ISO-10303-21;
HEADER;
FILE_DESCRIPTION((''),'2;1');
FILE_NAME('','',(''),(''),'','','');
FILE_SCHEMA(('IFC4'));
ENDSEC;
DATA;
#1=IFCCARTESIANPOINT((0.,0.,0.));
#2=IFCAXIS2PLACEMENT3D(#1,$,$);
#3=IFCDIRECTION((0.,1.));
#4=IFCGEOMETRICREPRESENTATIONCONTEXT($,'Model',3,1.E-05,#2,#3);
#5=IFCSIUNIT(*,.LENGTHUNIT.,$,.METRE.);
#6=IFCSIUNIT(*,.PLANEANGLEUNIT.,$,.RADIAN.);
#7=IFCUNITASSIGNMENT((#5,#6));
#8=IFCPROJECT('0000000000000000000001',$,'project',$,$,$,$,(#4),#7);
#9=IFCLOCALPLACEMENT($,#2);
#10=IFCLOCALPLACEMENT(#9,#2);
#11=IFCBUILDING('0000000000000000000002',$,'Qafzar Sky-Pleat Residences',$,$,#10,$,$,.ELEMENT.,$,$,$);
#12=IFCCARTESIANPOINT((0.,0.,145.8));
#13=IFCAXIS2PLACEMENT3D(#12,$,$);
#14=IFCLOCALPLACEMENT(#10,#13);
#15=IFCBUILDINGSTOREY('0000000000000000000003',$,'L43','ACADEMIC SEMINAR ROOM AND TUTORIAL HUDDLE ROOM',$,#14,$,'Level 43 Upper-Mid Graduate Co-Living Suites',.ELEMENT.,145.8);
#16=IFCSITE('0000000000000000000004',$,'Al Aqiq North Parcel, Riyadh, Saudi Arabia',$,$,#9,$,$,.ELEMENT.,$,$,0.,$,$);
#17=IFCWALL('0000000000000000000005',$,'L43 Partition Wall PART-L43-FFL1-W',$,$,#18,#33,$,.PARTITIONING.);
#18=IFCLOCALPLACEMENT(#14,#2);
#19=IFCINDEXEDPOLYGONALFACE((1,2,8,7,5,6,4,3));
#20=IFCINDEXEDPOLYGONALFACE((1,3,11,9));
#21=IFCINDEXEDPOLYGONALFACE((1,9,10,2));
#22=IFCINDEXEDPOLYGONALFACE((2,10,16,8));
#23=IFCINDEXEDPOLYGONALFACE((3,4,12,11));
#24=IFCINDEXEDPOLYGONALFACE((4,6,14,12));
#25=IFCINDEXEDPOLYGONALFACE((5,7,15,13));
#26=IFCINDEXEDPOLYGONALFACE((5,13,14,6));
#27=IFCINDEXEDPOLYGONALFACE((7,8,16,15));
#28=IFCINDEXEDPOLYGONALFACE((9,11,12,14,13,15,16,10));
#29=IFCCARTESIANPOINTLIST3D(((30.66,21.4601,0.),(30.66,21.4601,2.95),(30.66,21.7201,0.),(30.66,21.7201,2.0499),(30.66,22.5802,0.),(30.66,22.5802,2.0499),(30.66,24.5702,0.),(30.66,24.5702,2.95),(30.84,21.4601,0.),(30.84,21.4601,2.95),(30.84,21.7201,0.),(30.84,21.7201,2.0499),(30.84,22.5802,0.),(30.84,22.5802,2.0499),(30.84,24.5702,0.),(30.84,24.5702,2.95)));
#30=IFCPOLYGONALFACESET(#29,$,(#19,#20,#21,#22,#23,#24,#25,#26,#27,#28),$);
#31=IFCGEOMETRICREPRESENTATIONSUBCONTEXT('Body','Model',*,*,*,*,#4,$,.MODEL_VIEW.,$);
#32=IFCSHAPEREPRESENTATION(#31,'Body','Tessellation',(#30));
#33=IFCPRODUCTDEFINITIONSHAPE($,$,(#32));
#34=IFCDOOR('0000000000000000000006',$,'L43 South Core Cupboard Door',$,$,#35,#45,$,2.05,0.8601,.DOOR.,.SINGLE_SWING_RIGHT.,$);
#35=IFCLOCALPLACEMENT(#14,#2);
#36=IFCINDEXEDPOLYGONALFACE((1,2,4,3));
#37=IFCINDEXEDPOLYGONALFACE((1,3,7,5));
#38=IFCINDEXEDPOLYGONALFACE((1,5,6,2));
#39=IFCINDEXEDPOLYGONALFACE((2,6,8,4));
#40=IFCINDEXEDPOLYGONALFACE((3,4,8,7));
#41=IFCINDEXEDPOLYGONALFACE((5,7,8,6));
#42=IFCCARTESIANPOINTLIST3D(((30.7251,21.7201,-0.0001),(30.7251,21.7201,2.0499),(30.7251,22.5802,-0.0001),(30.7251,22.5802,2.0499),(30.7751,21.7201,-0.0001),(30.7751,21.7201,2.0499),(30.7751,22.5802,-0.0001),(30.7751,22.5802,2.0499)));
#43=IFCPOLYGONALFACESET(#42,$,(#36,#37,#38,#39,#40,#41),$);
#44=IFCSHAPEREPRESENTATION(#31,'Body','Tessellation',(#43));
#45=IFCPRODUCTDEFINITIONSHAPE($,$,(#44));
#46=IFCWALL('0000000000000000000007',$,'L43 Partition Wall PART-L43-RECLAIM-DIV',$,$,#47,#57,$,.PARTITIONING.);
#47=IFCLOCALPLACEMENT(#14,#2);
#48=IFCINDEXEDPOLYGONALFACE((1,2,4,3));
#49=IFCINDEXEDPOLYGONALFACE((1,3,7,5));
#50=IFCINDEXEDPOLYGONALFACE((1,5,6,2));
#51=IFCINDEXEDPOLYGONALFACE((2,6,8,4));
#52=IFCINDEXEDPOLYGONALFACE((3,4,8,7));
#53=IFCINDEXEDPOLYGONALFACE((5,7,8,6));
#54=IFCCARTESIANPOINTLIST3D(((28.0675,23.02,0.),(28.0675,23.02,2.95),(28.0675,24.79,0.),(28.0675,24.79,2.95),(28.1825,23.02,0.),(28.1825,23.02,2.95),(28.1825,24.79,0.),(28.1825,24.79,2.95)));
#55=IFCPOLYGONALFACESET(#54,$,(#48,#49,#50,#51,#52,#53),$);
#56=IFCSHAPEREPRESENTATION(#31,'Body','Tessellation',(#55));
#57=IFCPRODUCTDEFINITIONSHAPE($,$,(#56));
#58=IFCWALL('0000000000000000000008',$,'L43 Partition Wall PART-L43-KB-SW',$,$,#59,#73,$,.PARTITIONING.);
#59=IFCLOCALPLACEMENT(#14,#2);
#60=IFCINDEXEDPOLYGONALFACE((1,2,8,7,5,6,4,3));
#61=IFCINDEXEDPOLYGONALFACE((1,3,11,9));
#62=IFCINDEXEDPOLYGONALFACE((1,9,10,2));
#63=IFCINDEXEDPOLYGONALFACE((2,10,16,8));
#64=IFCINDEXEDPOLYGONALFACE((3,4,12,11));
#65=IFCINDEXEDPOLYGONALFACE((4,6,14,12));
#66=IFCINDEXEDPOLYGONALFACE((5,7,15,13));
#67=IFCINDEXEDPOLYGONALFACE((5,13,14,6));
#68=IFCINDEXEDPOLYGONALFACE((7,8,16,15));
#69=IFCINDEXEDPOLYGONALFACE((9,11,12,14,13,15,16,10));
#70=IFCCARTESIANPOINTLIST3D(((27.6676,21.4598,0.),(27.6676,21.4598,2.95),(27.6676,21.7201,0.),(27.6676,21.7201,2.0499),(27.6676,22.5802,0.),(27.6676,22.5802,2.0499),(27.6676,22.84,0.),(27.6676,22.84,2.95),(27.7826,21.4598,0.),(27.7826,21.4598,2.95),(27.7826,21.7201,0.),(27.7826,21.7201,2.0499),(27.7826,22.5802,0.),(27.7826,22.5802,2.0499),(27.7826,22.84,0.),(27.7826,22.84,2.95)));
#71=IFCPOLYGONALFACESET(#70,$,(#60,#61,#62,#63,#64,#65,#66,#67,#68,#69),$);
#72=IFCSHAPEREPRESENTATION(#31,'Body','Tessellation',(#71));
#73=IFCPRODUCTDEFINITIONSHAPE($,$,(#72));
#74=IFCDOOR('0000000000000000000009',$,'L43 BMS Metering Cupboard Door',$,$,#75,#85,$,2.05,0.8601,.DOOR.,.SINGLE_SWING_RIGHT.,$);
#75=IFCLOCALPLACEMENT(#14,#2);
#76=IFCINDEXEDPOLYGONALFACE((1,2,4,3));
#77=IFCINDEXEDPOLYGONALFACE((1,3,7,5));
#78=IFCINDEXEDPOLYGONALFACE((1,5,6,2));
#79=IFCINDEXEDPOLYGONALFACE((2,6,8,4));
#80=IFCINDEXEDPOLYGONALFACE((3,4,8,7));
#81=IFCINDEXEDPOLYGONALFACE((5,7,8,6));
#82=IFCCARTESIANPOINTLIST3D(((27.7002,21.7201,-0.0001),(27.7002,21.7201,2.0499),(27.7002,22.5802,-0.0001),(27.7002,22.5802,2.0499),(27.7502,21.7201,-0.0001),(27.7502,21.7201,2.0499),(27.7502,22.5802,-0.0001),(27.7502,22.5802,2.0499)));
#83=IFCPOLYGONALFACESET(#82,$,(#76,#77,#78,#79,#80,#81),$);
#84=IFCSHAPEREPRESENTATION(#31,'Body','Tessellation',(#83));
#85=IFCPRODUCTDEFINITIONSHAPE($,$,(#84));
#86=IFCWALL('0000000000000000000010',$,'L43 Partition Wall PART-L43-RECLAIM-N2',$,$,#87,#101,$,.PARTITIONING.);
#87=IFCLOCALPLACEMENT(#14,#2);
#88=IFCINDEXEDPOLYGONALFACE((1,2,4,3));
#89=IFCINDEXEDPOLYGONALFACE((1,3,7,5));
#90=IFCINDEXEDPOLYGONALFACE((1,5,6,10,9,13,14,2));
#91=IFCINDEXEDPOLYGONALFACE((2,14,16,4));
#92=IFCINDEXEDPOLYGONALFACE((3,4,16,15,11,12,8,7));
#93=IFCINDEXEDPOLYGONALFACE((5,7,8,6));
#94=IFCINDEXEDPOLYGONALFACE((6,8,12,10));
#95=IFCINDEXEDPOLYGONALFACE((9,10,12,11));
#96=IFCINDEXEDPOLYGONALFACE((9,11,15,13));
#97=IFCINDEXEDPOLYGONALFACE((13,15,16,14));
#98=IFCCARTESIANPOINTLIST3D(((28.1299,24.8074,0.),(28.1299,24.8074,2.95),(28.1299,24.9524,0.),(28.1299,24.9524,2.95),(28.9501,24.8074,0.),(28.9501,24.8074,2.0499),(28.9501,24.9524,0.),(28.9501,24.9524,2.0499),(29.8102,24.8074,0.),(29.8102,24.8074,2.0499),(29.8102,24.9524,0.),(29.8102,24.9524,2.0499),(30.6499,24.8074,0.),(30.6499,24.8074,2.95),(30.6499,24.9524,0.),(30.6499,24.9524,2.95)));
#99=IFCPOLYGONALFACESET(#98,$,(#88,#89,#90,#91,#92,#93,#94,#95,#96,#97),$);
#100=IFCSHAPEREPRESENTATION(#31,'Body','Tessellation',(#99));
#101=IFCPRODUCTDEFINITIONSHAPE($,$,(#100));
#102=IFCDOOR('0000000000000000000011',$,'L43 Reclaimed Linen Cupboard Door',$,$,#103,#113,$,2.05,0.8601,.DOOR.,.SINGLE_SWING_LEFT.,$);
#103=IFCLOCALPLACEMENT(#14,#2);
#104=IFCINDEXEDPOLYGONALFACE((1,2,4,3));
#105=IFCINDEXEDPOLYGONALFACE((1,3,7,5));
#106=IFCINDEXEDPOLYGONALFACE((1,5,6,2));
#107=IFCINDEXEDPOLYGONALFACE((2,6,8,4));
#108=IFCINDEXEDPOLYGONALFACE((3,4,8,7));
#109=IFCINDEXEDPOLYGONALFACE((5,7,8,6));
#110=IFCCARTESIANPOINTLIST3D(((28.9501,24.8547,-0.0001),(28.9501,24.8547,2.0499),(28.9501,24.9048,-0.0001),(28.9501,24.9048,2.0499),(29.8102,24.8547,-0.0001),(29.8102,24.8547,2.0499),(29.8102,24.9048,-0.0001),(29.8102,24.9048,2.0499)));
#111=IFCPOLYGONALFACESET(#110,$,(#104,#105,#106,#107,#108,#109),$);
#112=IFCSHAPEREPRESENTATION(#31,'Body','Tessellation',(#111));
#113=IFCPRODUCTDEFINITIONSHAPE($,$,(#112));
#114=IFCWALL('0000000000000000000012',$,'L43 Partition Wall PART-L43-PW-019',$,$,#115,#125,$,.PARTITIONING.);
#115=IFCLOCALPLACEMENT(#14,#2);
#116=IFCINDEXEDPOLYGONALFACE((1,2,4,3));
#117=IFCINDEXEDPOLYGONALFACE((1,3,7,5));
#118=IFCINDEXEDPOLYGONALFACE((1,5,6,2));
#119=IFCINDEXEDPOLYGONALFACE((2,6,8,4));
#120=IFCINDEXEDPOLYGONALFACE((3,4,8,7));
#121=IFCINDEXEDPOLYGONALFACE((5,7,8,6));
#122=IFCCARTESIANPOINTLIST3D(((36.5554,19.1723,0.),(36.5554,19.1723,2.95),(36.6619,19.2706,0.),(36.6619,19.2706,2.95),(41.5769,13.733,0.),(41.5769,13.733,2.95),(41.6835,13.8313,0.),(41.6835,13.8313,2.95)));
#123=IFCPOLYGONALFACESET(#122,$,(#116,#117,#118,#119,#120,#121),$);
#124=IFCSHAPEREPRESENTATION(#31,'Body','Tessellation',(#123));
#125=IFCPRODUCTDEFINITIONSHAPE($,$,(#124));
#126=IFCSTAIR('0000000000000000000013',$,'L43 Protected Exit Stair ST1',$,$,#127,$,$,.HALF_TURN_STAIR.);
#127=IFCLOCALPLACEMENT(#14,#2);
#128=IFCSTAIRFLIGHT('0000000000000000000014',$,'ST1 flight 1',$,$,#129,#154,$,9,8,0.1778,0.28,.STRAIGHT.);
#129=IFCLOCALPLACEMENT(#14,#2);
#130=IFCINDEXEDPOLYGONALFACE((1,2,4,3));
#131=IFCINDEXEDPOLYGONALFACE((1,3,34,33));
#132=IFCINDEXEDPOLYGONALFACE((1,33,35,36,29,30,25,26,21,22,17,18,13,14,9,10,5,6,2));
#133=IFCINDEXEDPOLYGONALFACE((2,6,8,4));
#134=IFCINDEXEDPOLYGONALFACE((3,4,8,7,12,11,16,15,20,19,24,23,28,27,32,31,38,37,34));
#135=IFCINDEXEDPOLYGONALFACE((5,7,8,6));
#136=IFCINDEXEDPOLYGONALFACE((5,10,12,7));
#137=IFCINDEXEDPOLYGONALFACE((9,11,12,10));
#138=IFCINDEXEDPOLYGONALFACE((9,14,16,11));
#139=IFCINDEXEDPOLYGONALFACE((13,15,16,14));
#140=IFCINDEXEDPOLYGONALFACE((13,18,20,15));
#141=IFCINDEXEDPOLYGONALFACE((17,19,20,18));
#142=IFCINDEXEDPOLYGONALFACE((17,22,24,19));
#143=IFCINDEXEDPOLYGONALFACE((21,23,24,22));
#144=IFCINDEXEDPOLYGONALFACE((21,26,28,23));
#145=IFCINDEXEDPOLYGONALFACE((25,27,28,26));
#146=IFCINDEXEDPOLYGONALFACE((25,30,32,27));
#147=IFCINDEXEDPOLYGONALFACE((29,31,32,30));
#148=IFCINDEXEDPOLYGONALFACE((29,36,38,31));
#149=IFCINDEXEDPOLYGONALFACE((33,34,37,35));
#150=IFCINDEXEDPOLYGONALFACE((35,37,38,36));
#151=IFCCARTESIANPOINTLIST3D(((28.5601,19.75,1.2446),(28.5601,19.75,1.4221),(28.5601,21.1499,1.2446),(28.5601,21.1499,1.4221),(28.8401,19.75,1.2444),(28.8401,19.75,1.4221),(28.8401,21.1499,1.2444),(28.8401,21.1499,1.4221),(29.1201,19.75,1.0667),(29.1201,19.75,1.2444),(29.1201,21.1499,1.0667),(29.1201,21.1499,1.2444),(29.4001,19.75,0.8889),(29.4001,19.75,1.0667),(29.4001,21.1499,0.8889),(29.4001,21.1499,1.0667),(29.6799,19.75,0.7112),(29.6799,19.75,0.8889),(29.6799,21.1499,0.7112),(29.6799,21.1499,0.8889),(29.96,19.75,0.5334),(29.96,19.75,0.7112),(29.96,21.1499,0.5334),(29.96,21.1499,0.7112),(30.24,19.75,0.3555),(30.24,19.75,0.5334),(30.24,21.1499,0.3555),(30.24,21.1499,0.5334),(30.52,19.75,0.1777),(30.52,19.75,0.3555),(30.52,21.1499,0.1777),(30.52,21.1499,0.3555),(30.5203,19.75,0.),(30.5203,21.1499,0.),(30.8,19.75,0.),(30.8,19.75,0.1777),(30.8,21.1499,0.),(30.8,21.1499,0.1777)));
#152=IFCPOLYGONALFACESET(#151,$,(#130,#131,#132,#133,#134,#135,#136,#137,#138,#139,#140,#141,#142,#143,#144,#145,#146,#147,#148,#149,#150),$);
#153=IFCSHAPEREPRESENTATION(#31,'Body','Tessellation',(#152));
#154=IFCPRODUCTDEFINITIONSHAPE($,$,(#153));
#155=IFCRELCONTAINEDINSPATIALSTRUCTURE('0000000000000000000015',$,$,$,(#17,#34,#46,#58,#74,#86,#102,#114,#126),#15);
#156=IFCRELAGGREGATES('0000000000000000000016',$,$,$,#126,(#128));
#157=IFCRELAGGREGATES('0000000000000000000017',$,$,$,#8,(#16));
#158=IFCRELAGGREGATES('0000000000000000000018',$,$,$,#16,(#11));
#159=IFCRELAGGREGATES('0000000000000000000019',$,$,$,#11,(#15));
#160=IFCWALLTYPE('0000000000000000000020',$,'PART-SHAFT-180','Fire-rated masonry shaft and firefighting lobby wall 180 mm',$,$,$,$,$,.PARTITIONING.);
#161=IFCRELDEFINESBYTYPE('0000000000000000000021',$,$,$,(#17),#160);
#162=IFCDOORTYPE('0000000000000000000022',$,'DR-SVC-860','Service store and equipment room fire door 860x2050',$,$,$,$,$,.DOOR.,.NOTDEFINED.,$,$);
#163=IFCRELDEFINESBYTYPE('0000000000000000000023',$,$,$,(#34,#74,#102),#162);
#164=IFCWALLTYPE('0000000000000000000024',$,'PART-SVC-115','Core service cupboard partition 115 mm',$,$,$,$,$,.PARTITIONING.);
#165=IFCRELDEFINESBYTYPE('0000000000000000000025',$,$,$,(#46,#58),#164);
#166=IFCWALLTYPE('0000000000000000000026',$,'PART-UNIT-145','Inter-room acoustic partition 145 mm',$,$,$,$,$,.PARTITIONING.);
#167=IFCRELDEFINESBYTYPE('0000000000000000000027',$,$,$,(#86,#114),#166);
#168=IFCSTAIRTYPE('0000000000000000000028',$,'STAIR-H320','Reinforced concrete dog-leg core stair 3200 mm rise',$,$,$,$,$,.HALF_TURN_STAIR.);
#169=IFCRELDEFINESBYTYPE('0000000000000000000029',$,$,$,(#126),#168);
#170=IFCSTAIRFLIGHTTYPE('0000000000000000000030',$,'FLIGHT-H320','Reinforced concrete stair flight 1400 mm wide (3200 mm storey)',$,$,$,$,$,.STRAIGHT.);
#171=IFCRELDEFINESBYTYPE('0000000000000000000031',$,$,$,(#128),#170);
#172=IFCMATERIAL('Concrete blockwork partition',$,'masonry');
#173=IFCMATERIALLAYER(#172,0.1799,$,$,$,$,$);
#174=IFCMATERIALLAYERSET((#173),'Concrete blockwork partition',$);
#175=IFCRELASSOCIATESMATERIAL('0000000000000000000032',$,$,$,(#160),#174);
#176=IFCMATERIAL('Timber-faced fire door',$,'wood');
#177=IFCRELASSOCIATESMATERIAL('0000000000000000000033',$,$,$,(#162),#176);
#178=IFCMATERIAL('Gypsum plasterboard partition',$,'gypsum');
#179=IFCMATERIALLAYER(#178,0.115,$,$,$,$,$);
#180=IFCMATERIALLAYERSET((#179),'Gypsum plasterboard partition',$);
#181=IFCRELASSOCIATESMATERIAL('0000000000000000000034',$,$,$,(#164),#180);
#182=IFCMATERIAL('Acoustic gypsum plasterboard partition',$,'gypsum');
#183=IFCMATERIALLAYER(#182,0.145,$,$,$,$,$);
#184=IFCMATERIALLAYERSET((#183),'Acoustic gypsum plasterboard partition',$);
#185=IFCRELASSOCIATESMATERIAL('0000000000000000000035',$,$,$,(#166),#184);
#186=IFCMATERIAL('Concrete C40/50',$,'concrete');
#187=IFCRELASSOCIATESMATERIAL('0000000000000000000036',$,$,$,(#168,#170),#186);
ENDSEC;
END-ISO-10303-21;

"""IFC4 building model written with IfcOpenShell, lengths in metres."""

from ifc_helpers import new_model, si_unit, direction, frame, frame_2d, origin, place, context, subcontext, project, spatial, polyline, rectangle, outline, extrude, source, transform, mapped, material, layer, layer_set, type_object, element, fill, aggregate, save


model = new_model("IFC4")

# Units and contexts
model_context = context("Model", 3, precision=1e-05, world=origin(), true_north=direction((0.0, 1.0)))
body_context = subcontext(model_context, "Body", "Model", "MODEL_VIEW")
ifc_project = project(units=[si_unit("LENGTHUNIT", "METRE"), si_unit("PLANEANGLEUNIT", "RADIAN")], contexts=[model_context])

# Site, building, storey
site_placement = place(None, origin())
site = spatial("IfcSite", under=ifc_project, at=site_placement, Name="Al Aqiq North Parcel, Riyadh, Saudi Arabia", CompositionType="ELEMENT", RefElevation=0.0)
building_placement = place(site_placement, origin())
building = spatial("IfcBuilding", under=site, at=building_placement, Name="Qafzar Sky-Pleat Residences", CompositionType="ELEMENT")
storey_placement = place(building_placement, frame((0.0, 0.0, 145.8)))
storey = spatial("IfcBuildingStorey", under=building, at=storey_placement, Name="L43", Description="ACADEMIC SEMINAR ROOM AND TUTORIAL HUDDLE ROOM", LongName="Level 43 Upper-Mid Graduate Co-Living Suites", CompositionType="ELEMENT", Elevation=145.8)

# Wall, opening, door
ifc_material_1 = material(Name="Concrete blockwork partition", Category="masonry")
ifc_layer_1 = layer(ifc_material_1, 0.1799)
ifc_layer_set_1 = layer_set([ifc_layer_1], Name="Concrete blockwork partition")
wall_type_1 = type_object("IfcWallType", Name="PART-SHAFT-180", Description="Fire-rated masonry shaft and firefighting lobby wall 180 mm", PredefinedType="PARTITIONING", material=ifc_layer_set_1)
wall_1_placement = place(storey_placement, frame((30.75, 21.46, 0.0), z_axis=(0.0, 0.0, 1.0), x_axis=(0.0, 1.0, 0.0)))
wall_1 = element("IfcWall", 1, at=wall_1_placement, inside=storey, type_object=wall_type_1, Name="L43 Partition Wall PART-L43-FFL1-W", PredefinedType="PARTITIONING", context=body_context, shape_type="SweptSolid", body=[
    extrude(rectangle(XDim=3.1101, YDim=0.1799, at=frame_2d((1.5552, 0.0))), origin(), (0.0, 0.0, 1.0), 2.95),
])
opening_1_placement = place(wall_1_placement, frame((0.26, 0.0, 0.0)))
opening_1 = element("IfcOpeningElement", 2, at=opening_1_placement, cuts=wall_1, PredefinedType="OPENING", context=body_context, shape_type="SweptSolid", body=[
    extrude(rectangle(XDim=0.8601, YDim=2.05, at=frame_2d((0.4302, 1.0249))), frame((0.0, 0.1001, 0.0), z_axis=(0.0, -1.0, 0.0), x_axis=(1.0, 0.0, 0.0)), (0.0, 0.0, 1.0), 0.2),
])
ifc_material_2 = material(Name="Timber-faced fire door", Category="wood")
door_type_1 = type_object("IfcDoorType", Name="DR-SVC-860", Description="Service store and equipment room fire door 860x2050", OperationType="NOTDEFINED", PredefinedType="DOOR", material=ifc_material_2)
shared_shape_1 = source(origin(), body_context, "Body", "SweptSolid", [
    extrude(rectangle(XDim=0.8601, YDim=2.05, at=frame_2d((0.4302, 1.0249))), frame((0.0, 0.0249, 0.0), z_axis=(0.0, -1.0, 0.0), x_axis=(1.0, 0.0, 0.0)), (0.0, 0.0, 1.0), 0.05),
])
door_1_placement = place(opening_1_placement, origin())
door_1 = element("IfcDoor", 3, at=door_1_placement, inside=storey, type_object=door_type_1, Name="L43 South Core Cupboard Door", OperationType="SINGLE_SWING_RIGHT", OverallHeight=2.05, OverallWidth=0.8601, PredefinedType="DOOR", context=body_context, shape_type="MappedRepresentation", body=[
    mapped(shared_shape_1, transform((0.0, 0.0, 0.0), x_axis=(1.0, 0.0, 0.0), y_axis=(0.0, 1.0, 0.0), z_axis=(0.0, 0.0, 1.0), scale=1.0)),
])
fill(opening_1, door_1)

# Wall
ifc_material_3 = material(Name="Gypsum plasterboard partition", Category="gypsum")
ifc_layer_2 = layer(ifc_material_3, 0.115)
ifc_layer_set_2 = layer_set([ifc_layer_2], Name="Gypsum plasterboard partition")
wall_type_2 = type_object("IfcWallType", Name="PART-SVC-115", Description="Core service cupboard partition 115 mm", PredefinedType="PARTITIONING", material=ifc_layer_set_2)
wall_2_placement = place(storey_placement, frame((28.125, 23.02, 0.0), z_axis=(0.0, 0.0, 1.0), x_axis=(0.0, 1.0, 0.0)))
element("IfcWall", 4, at=wall_2_placement, inside=storey, type_object=wall_type_2, Name="L43 Partition Wall PART-L43-RECLAIM-DIV", PredefinedType="PARTITIONING", context=body_context, shape_type="SweptSolid", body=[
    extrude(rectangle(XDim=1.77, YDim=0.115, at=frame_2d((0.885, 0.0))), origin(), (0.0, 0.0, 1.0), 2.95),
])

# Walls, openings, doors
wall_3_placement = place(storey_placement, frame((27.7251, 21.46, 0.0), z_axis=(0.0, 0.0, 1.0), x_axis=(0.0, 1.0, 0.0)))
wall_3 = element("IfcWall", 5, at=wall_3_placement, inside=storey, type_object=wall_type_2, Name="L43 Partition Wall PART-L43-KB-SW", PredefinedType="PARTITIONING", context=body_context, shape_type="SweptSolid", body=[
    extrude(rectangle(XDim=1.3801, YDim=0.115, at=frame_2d((0.6899, 0.0))), origin(), (0.0, 0.0, 1.0), 2.95),
])
opening_2_placement = place(wall_3_placement, frame((0.26, 0.0, 0.0)))
opening_2 = element("IfcOpeningElement", 6, at=opening_2_placement, cuts=wall_3, PredefinedType="OPENING", context=body_context, shape_type="SweptSolid", body=[
    extrude(rectangle(XDim=0.8601, YDim=2.05, at=frame_2d((0.4302, 1.0249))), frame((0.0, 0.0674, 0.0), z_axis=(0.0, -1.0, 0.0), x_axis=(1.0, 0.0, 0.0)), (0.0, 0.0, 1.0), 0.135),
])
door_2_placement = place(opening_2_placement, origin())
door_2 = element("IfcDoor", 7, at=door_2_placement, inside=storey, type_object=door_type_1, Name="L43 BMS Metering Cupboard Door", OperationType="SINGLE_SWING_RIGHT", OverallHeight=2.05, OverallWidth=0.8601, PredefinedType="DOOR", context=body_context, shape_type="MappedRepresentation", body=[
    mapped(shared_shape_1, transform((0.0, 0.0, 0.0), x_axis=(1.0, 0.0, 0.0), y_axis=(0.0, 1.0, 0.0), z_axis=(0.0, 0.0, 1.0), scale=1.0)),
])
fill(opening_2, door_2)
ifc_material_4 = material(Name="Acoustic gypsum plasterboard partition", Category="gypsum")
ifc_layer_3 = layer(ifc_material_4, 0.145)
ifc_layer_set_3 = layer_set([ifc_layer_3], Name="Acoustic gypsum plasterboard partition")
wall_type_3 = type_object("IfcWallType", Name="PART-UNIT-145", Description="Inter-room acoustic partition 145 mm", PredefinedType="PARTITIONING", material=ifc_layer_set_3)
wall_4_placement = place(storey_placement, frame((28.1299, 24.8799, 0.0), z_axis=(0.0, 0.0, 1.0), x_axis=(1.0, 0.0, 0.0)))
wall_4 = element("IfcWall", 8, at=wall_4_placement, inside=storey, type_object=wall_type_3, Name="L43 Partition Wall PART-L43-RECLAIM-N2", PredefinedType="PARTITIONING", context=body_context, shape_type="SweptSolid", body=[
    extrude(rectangle(XDim=2.52, YDim=0.145, at=frame_2d((1.26, 0.0))), origin(), (0.0, 0.0, 1.0), 2.95),
])
opening_3_placement = place(wall_4_placement, frame((0.8201, 0.0, 0.0)))
opening_3 = element("IfcOpeningElement", 9, at=opening_3_placement, cuts=wall_4, PredefinedType="OPENING", context=body_context, shape_type="SweptSolid", body=[
    extrude(rectangle(XDim=0.8601, YDim=2.05, at=frame_2d((0.4302, 1.0249))), frame((0.0, 0.0825, 0.0), z_axis=(0.0, -1.0, 0.0), x_axis=(1.0, 0.0, 0.0)), (0.0, 0.0, 1.0), 0.165),
])
door_3_placement = place(opening_3_placement, origin())
door_3 = element("IfcDoor", 10, at=door_3_placement, inside=storey, type_object=door_type_1, Name="L43 Reclaimed Linen Cupboard Door", OperationType="SINGLE_SWING_LEFT", OverallHeight=2.05, OverallWidth=0.8601, PredefinedType="DOOR", context=body_context, shape_type="MappedRepresentation", body=[
    mapped(shared_shape_1, transform((0.0, 0.0, 0.0), x_axis=(1.0, 0.0, 0.0), y_axis=(0.0, 1.0, 0.0), z_axis=(0.0, 0.0, 1.0), scale=1.0)),
])
fill(opening_3, door_3)

# Wall
wall_5_placement = place(storey_placement, frame((36.6086, 19.2214, 0.0), z_axis=(0.0, 0.0, 1.0), x_axis=(0.678329, -0.734758, 0.0)))
element("IfcWall", 11, at=wall_5_placement, inside=storey, type_object=wall_type_3, Name="L43 Partition Wall PART-L43-PW-019", PredefinedType="PARTITIONING", context=body_context, shape_type="SweptSolid", body=[
    extrude(rectangle(XDim=7.4028, YDim=0.145, at=frame_2d((3.7014, 0.0))), origin(), (0.0, 0.0, 1.0), 2.95),
])

# Stair, stair flight
ifc_material_5 = material(Name="Concrete C40/50", Category="concrete")
stair_type = type_object("IfcStairType", Name="STAIR-H320", Description="Reinforced concrete dog-leg core stair 3200 mm rise", PredefinedType="HALF_TURN_STAIR", material=ifc_material_5)
stair_placement = place(storey_placement, origin())
stair = element("IfcStair", 12, at=stair_placement, inside=storey, type_object=stair_type, Name="L43 Protected Exit Stair ST1", PredefinedType="HALF_TURN_STAIR")
stair_flight_type = type_object("IfcStairFlightType", Name="FLIGHT-H320", Description="Reinforced concrete stair flight 1400 mm wide (3200 mm storey)", PredefinedType="STRAIGHT", material=ifc_material_5)
shared_shape_2 = source(origin(), body_context, "Body", "SweptSolid", [
    extrude(outline(polyline([(0.0, 0.0), (0.0, 0.1777), (0.28, 0.1777), (0.28, 0.3555), (0.5601, 0.3555), (0.5601, 0.5334), (0.8401, 0.5334), (0.8401, 0.7112), (1.1201, 0.7112), (1.1201, 0.8889), (1.3999, 0.8889), (1.3999, 1.0667), (1.6799, 1.0667), (1.6799, 1.2444), (1.96, 1.2444), (1.96, 1.4221), (2.24, 1.4221), (2.24, 1.6001), (2.24, 1.2446), (0.2798, 0.0), (0.0, 0.0)])), frame((0.0, 0.7, 0.0), z_axis=(0.0, -1.0, 0.0), x_axis=(1.0, 0.0, 0.0)), (0.0, 0.0, 1.0), 1.3999),
])
stair_flight_1_placement = place(storey_placement, frame((30.8, 20.45, 0.0), z_axis=(0.0, 0.0, 1.0), x_axis=(-1.0, 0.0, 0.0)))
stair_flight_1 = element("IfcStairFlight", 13, at=stair_flight_1_placement, type_object=stair_flight_type, Name="ST1 flight 1", NumberOfRisers=9, NumberOfTreads=8, PredefinedType="STRAIGHT", RiserHeight=0.1778, TreadLength=0.28, context=body_context, shape_type="MappedRepresentation", body=[
    mapped(shared_shape_2, transform((0.0, 0.0, 0.0), x_axis=(1.0, 0.0, 0.0), y_axis=(0.0, 1.0, 0.0), z_axis=(0.0, 0.0, 1.0), scale=1.0)),
])
aggregate(stair, [stair_flight_1])

save(model, "model.ifc")
